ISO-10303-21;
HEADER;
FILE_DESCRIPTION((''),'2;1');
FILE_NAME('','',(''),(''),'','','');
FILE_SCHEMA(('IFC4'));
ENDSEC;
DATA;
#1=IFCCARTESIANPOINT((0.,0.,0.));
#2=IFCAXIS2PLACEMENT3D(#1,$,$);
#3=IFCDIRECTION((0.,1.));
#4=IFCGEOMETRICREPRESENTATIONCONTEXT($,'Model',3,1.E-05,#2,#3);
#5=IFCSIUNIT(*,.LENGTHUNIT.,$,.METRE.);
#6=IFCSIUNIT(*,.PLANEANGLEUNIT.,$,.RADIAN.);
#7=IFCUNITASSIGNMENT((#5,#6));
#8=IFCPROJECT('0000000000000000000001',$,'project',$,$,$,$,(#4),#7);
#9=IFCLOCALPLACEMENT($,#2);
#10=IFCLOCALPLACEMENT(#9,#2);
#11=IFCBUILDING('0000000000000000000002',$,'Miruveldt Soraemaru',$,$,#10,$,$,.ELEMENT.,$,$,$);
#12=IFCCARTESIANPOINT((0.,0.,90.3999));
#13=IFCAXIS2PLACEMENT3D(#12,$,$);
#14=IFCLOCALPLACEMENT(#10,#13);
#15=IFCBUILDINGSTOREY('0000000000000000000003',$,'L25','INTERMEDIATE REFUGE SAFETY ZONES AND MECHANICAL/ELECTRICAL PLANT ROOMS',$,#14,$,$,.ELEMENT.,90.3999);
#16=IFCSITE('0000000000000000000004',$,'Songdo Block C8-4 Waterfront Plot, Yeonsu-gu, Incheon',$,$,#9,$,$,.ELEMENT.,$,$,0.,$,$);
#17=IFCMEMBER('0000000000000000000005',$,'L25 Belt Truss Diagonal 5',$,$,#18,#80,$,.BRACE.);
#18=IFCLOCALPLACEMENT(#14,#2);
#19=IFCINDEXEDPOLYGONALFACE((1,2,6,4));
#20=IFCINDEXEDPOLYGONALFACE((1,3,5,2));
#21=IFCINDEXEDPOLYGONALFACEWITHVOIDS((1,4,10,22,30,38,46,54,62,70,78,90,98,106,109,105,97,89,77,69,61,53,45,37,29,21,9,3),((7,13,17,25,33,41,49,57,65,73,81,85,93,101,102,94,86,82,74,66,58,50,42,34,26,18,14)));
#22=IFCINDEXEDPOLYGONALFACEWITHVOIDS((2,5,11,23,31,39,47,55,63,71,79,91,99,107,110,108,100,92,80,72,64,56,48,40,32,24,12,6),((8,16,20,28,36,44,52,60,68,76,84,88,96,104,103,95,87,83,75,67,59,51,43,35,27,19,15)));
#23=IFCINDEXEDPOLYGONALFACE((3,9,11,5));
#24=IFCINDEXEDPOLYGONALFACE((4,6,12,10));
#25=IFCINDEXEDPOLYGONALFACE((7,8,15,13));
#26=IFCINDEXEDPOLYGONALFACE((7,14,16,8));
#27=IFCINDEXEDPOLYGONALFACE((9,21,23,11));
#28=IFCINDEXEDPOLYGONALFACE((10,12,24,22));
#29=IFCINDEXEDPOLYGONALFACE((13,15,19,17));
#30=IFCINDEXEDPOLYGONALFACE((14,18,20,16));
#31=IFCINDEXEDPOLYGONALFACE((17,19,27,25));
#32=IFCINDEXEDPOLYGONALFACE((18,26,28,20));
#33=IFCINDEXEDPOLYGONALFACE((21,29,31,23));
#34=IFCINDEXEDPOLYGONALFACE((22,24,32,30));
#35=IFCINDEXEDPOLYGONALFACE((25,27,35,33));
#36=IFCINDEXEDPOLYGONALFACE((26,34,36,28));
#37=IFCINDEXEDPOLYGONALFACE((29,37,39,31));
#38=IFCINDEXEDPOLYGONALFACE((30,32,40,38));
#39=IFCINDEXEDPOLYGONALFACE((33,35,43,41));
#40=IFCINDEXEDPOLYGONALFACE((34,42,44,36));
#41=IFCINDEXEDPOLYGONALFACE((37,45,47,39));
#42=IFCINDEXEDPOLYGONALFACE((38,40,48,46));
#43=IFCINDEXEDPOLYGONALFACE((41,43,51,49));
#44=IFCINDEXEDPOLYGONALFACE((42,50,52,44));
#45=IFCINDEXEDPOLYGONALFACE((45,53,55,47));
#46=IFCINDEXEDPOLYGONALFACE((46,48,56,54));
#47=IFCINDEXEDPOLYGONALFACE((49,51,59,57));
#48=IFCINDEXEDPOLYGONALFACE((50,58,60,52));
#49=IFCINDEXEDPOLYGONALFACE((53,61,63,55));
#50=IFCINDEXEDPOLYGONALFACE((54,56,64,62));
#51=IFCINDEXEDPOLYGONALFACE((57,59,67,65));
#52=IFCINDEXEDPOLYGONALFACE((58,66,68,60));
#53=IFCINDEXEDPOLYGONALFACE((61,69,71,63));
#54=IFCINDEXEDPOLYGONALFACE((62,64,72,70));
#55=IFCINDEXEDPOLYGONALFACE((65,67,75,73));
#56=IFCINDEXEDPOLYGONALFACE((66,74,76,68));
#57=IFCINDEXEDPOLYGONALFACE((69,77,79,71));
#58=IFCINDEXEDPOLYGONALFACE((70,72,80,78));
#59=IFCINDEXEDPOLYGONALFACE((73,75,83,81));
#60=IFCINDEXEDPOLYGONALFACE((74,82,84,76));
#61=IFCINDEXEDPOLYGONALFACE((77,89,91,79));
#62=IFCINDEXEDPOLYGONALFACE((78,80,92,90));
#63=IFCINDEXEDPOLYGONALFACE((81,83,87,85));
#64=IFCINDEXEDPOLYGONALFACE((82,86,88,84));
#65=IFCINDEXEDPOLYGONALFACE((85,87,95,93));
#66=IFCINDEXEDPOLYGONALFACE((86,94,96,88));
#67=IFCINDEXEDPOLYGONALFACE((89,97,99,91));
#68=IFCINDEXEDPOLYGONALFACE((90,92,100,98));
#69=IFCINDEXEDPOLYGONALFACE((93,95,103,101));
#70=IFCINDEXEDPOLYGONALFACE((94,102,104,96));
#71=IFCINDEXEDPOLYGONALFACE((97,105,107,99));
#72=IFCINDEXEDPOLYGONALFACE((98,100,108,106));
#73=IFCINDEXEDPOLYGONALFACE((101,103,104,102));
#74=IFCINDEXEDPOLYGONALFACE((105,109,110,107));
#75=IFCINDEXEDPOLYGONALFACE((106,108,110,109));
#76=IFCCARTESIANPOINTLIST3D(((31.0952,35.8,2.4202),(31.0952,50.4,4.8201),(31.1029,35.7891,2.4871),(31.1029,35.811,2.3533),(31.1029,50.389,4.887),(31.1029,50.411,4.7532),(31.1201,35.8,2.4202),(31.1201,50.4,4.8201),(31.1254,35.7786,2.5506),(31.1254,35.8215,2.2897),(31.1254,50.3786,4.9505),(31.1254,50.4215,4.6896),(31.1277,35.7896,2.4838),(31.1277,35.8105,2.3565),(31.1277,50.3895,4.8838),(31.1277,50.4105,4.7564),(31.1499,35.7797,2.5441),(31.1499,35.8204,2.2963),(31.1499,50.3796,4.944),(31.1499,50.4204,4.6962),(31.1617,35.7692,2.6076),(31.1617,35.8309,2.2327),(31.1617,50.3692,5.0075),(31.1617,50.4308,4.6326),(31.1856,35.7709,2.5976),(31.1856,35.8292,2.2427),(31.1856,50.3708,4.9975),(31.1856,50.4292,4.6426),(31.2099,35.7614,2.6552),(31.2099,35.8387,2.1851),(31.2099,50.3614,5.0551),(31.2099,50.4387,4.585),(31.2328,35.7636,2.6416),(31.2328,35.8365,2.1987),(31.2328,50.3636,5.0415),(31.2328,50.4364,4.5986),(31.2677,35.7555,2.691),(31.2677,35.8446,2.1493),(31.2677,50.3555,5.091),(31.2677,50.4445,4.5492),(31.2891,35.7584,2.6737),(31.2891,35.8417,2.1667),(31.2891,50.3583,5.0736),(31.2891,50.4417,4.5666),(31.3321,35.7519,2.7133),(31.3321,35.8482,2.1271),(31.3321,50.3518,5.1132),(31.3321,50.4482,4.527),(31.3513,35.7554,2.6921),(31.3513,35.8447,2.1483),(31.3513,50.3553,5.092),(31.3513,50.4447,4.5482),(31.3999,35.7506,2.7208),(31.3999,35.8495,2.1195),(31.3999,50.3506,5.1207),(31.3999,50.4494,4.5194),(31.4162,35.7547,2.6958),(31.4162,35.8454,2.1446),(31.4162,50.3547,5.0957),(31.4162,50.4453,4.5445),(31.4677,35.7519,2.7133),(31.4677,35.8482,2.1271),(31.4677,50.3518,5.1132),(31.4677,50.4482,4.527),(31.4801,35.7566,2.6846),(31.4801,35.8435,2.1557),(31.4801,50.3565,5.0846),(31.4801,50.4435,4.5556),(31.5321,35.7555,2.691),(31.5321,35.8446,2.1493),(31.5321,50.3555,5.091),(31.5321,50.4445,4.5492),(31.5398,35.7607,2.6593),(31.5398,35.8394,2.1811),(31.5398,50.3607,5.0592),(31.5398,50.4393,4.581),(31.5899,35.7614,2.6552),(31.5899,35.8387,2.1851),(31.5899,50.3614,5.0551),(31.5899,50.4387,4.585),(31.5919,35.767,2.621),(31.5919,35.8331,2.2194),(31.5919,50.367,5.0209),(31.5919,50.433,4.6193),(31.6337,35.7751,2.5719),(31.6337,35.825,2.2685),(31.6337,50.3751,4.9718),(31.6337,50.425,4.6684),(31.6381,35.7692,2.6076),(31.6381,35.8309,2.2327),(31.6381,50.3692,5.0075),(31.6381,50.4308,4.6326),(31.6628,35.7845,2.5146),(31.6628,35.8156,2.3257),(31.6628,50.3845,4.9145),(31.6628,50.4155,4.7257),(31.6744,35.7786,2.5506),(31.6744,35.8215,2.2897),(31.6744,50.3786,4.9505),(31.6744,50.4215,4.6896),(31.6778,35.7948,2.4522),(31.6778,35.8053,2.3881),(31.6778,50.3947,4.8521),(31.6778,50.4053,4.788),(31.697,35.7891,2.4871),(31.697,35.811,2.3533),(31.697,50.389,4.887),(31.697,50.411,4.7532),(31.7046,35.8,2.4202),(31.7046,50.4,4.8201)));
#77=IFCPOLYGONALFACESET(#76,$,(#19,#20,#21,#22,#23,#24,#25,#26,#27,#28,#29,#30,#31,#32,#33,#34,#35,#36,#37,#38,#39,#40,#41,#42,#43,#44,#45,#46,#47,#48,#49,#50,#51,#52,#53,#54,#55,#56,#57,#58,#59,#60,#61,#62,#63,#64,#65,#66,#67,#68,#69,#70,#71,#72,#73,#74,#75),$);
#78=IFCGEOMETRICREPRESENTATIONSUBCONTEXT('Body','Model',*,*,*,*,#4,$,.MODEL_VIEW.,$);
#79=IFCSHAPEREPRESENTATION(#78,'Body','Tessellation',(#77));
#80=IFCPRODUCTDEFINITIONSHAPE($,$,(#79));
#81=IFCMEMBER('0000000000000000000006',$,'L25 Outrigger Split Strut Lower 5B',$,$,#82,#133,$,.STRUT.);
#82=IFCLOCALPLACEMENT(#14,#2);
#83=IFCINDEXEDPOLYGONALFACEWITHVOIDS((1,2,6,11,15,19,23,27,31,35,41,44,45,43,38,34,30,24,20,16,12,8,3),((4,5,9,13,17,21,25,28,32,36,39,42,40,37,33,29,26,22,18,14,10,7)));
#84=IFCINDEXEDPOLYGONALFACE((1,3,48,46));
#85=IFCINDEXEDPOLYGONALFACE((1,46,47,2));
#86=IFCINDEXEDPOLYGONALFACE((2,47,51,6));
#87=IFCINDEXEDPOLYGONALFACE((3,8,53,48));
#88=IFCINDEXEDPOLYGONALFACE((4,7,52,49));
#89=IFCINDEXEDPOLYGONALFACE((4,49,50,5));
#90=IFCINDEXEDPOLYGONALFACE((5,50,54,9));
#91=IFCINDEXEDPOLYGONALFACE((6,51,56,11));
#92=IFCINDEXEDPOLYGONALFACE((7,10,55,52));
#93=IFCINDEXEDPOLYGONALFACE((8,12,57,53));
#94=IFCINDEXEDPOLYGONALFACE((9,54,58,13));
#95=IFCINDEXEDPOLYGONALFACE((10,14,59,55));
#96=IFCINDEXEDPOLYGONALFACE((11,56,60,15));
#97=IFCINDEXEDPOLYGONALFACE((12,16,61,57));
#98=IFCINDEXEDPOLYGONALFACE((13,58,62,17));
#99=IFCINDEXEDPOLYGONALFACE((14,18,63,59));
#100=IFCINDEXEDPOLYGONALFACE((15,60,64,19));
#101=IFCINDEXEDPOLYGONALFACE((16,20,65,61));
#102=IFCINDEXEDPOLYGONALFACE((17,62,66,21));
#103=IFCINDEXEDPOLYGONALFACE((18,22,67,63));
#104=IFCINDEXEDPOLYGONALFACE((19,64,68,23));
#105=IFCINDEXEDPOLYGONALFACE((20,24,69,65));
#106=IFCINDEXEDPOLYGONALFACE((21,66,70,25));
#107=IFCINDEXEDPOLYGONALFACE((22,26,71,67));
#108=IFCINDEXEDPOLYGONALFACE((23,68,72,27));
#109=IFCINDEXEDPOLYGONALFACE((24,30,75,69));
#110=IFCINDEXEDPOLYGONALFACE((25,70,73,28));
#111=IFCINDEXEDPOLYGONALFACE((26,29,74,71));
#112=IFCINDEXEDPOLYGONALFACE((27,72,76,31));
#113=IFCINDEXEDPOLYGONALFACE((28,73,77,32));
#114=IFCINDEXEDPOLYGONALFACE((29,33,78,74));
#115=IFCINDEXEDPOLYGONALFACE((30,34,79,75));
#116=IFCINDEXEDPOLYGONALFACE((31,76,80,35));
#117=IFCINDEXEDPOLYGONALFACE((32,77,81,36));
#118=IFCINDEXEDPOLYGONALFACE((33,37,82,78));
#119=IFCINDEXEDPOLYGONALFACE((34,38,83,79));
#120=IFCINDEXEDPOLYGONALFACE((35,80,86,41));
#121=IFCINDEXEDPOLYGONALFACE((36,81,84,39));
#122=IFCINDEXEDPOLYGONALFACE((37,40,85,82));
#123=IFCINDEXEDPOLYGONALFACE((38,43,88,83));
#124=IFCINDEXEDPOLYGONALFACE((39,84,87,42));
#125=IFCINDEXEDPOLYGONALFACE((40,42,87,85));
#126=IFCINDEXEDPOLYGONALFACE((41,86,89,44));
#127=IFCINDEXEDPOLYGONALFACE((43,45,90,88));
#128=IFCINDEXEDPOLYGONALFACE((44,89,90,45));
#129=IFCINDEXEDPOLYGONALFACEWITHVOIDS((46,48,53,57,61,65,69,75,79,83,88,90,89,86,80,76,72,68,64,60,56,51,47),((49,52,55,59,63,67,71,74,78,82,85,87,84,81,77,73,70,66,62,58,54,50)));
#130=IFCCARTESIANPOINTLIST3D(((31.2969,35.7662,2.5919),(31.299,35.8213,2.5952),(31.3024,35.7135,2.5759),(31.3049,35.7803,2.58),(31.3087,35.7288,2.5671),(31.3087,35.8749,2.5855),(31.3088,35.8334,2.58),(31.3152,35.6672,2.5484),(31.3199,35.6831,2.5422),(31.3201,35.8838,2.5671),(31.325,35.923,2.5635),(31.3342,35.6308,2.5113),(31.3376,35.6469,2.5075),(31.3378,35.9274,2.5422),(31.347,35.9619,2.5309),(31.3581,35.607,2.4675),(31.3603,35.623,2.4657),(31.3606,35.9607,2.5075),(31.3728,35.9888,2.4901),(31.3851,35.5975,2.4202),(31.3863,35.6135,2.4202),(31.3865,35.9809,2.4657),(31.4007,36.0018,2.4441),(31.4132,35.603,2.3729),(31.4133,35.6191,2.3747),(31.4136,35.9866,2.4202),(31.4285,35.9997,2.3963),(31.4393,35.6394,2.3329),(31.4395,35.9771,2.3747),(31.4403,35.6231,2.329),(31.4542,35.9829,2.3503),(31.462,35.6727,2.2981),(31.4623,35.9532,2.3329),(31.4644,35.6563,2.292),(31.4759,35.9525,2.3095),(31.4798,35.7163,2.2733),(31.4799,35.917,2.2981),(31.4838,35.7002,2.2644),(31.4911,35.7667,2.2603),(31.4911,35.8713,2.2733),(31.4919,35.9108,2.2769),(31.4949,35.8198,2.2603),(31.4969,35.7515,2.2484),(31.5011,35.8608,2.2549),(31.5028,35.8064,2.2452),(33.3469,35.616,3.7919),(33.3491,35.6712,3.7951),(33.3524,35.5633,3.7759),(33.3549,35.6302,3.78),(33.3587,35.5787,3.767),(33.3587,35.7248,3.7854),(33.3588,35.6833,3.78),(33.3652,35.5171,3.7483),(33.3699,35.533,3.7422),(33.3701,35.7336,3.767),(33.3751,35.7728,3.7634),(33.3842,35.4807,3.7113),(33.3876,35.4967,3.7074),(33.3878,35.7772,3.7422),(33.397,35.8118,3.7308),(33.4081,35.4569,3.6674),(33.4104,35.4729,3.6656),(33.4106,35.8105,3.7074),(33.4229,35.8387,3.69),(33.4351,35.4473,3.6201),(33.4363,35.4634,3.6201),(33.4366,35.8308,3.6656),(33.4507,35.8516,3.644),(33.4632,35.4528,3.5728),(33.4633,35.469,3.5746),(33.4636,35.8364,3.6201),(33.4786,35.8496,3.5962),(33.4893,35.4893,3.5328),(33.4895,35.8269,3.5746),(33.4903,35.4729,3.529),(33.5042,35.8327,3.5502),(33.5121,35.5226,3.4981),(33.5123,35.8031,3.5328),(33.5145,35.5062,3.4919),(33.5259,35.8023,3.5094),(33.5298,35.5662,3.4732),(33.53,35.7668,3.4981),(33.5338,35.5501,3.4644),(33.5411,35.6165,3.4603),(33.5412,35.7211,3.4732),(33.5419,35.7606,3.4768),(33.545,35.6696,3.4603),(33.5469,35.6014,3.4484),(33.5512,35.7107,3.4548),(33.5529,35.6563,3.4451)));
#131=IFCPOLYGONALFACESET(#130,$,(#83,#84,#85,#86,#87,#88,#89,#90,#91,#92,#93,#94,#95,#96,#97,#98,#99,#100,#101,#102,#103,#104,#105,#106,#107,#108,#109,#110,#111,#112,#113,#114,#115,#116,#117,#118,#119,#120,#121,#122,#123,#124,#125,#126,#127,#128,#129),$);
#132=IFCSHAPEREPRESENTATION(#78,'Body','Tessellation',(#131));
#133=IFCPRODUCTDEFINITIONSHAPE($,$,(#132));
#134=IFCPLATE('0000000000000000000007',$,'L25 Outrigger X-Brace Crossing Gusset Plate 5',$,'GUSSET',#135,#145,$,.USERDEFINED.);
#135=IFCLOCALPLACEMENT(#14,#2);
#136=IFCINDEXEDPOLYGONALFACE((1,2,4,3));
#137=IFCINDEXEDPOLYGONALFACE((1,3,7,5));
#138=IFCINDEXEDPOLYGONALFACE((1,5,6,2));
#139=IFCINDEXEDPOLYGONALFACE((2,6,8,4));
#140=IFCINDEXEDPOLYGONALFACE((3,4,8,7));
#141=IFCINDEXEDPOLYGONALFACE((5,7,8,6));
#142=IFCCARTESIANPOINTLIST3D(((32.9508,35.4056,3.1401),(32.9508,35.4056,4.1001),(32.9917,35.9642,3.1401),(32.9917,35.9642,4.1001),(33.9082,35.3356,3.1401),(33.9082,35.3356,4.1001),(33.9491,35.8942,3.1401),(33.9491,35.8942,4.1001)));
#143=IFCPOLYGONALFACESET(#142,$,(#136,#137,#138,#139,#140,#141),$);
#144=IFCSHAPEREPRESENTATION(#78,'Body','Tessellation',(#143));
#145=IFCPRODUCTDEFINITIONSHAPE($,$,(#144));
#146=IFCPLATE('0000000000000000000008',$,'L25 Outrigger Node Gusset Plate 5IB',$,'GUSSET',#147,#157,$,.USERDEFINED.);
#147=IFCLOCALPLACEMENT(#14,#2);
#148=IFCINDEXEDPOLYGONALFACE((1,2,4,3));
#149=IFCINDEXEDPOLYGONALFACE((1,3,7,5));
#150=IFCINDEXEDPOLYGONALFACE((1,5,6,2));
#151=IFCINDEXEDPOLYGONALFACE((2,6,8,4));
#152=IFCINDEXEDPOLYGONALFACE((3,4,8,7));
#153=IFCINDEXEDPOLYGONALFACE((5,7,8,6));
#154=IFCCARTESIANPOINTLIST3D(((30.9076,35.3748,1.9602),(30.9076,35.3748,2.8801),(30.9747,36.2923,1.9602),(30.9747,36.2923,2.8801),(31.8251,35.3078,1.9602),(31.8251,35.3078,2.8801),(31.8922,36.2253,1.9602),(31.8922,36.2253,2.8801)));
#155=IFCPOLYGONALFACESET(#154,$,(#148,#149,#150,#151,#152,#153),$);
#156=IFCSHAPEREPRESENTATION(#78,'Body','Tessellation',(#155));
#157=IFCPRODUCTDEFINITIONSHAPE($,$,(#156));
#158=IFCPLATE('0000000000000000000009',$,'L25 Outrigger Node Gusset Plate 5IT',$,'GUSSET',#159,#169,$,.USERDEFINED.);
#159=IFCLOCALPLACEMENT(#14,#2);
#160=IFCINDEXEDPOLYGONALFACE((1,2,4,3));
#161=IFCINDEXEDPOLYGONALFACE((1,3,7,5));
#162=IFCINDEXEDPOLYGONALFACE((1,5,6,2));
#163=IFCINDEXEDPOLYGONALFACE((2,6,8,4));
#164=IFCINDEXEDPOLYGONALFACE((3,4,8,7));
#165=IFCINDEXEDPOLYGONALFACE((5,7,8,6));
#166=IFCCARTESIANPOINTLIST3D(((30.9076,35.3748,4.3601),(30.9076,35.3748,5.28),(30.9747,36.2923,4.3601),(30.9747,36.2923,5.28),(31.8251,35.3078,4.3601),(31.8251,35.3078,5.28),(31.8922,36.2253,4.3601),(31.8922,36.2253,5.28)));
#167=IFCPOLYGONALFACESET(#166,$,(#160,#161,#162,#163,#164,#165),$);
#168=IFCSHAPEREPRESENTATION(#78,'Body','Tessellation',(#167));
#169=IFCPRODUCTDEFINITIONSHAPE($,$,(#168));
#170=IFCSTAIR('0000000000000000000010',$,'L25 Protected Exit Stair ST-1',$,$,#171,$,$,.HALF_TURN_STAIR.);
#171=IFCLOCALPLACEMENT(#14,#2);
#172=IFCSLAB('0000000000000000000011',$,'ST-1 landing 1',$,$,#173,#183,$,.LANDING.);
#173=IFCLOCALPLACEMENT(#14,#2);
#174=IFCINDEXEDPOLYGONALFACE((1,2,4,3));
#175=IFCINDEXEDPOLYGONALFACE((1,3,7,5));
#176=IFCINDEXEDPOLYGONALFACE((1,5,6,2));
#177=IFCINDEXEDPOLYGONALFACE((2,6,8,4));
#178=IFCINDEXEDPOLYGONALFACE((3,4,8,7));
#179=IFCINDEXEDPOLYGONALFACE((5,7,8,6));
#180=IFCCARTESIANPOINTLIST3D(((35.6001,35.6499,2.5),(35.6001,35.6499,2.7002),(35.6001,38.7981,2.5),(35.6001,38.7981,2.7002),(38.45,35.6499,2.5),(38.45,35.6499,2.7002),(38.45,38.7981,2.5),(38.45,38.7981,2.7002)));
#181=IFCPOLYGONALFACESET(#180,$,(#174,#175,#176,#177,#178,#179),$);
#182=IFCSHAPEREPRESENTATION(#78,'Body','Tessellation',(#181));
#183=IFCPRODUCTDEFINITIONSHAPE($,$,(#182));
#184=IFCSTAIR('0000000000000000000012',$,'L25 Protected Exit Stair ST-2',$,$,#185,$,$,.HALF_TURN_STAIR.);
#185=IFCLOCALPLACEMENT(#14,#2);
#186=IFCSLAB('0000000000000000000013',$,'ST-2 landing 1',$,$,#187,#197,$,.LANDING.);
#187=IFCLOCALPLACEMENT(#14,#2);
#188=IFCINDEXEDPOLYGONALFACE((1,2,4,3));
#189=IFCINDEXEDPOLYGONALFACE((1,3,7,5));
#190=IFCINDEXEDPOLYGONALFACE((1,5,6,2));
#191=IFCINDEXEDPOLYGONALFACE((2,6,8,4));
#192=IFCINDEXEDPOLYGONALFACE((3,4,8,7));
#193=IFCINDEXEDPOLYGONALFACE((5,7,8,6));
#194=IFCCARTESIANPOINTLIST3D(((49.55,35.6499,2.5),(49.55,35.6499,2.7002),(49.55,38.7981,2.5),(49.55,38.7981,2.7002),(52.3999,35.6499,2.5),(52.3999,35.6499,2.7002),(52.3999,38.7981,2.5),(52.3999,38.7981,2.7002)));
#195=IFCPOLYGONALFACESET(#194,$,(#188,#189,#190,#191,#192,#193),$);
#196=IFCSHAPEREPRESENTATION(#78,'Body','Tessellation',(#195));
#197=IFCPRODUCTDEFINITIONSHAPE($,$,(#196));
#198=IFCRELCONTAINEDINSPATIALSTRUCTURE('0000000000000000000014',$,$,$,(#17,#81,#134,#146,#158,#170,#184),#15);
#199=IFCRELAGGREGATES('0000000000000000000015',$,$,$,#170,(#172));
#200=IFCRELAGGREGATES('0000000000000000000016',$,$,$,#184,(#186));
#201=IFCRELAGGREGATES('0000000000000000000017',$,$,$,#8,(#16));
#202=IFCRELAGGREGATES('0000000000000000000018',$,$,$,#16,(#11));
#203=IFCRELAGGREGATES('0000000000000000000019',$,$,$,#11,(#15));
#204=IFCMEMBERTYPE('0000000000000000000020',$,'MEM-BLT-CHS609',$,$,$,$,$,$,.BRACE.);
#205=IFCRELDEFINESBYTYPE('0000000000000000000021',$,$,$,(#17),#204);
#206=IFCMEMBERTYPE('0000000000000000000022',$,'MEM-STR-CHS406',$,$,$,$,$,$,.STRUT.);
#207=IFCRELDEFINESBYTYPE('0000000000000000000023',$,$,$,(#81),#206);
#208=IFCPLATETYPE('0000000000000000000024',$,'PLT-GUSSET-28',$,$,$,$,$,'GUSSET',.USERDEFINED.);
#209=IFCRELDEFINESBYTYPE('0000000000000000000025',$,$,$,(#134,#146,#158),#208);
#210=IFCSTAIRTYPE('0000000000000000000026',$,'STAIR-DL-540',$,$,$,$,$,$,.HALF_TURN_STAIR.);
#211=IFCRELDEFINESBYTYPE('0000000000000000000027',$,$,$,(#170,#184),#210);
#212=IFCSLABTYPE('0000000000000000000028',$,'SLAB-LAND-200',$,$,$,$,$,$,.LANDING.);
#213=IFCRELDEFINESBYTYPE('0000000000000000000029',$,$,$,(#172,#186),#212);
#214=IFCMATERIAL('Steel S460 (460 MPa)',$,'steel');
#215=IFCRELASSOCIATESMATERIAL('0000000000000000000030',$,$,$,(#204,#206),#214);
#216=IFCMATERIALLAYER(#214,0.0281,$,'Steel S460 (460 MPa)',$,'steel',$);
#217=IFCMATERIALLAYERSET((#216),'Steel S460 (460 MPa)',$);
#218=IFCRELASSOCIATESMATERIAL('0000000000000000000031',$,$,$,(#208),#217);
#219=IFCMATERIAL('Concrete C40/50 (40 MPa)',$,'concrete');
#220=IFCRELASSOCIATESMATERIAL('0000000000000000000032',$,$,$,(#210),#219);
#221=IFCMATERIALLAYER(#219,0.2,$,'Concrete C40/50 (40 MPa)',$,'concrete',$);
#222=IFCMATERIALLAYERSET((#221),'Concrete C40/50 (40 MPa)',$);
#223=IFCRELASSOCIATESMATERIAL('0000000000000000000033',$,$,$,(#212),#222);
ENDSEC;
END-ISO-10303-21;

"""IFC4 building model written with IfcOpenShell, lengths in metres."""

from ifc_helpers import new_model, si_unit, direction, frame, origin, origin_2d, place, context, subcontext, project, spatial, polyline, rectangle, hollow_circle, outline, extrude, material, layer, layer_set, material_profile, profile_set, type_object, element, aggregate, save


model = new_model("IFC4")

# Units and contexts
model_context = context("Model", 3, precision=1e-05, world=origin(), true_north=direction((0.0, 1.0)))
body_context = subcontext(model_context, "Body", "Model", "MODEL_VIEW")
ifc_project = project(units=[si_unit("LENGTHUNIT", "METRE"), si_unit("PLANEANGLEUNIT", "RADIAN")], contexts=[model_context])

# Site, building, storey
site_placement = place(None, origin())
site = spatial("IfcSite", under=ifc_project, at=site_placement, Name="Songdo Block C8-4 Waterfront Plot, Yeonsu-gu, Incheon", CompositionType="ELEMENT", RefElevation=0.0)
building_placement = place(site_placement, origin())
building = spatial("IfcBuilding", under=site, at=building_placement, Name="Miruveldt Soraemaru", CompositionType="ELEMENT")
storey_placement = place(building_placement, frame((0.0, 0.0, 90.3999)))
storey = spatial("IfcBuildingStorey", under=building, at=storey_placement, Name="L25", Description="INTERMEDIATE REFUGE SAFETY ZONES AND MECHANICAL/ELECTRICAL PLANT ROOMS", CompositionType="ELEMENT", Elevation=90.3999)

# Members
ifc_material_1 = material(Name="Steel S460 (460 MPa)", Category="steel")
ifc_material_profile_1 = material_profile(ifc_material_1, hollow_circle(Radius=0.3047, WallThickness=0.0249, at=origin_2d()), Name="Steel S460 (460 MPa)", Category="steel")
ifc_profile_set_1 = profile_set([ifc_material_profile_1], Name="Steel S460 (460 MPa)")
member_type_1 = type_object("IfcMemberType", Name="MEM-BLT-CHS609", PredefinedType="BRACE", material=ifc_profile_set_1)
member_1_placement = place(storey_placement, frame((31.3999, 35.8, 2.4202), z_axis=(0.0, 0.986758, 0.162202), x_axis=(-1.0, 0.0, 0.0)))
element("IfcMember", 1, at=member_1_placement, inside=storey, type_object=member_type_1, Name="L25 Belt Truss Diagonal 5", PredefinedType="BRACE", context=body_context, shape_type="SweptSolid", body=[
    extrude(hollow_circle(Radius=0.3047, WallThickness=0.0249, at=origin_2d()), origin(), (0.0, 0.0, 1.0), 14.7959),
])
ifc_material_profile_2 = material_profile(ifc_material_1, hollow_circle(Radius=0.2031, WallThickness=0.0161, at=origin_2d()), Name="Steel S460 (460 MPa)", Category="steel")
ifc_profile_set_2 = profile_set([ifc_material_profile_2], Name="Steel S460 (460 MPa)")
member_type_2 = type_object("IfcMemberType", Name="MEM-STR-CHS406", PredefinedType="STRUT", material=ifc_profile_set_2)
member_2_placement = place(storey_placement, frame((33.45, 35.6499, 3.6201), z_axis=(-0.86131, 0.063083, -0.504149), x_axis=(-0.073045, -0.997329, 0.0)))
element("IfcMember", 2, at=member_2_placement, inside=storey, type_object=member_type_2, Name="L25 Outrigger Split Strut Lower 5B", PredefinedType="STRUT", context=body_context, shape_type="SweptSolid", body=[
    extrude(hollow_circle(Radius=0.2031, WallThickness=0.0161, at=origin_2d()), origin(), (0.0, 0.0, 1.0), 2.3801),
])

# Plates
ifc_layer_1 = layer(ifc_material_1, 0.0281, Name="Steel S460 (460 MPa)", Category="steel")
ifc_layer_set_1 = layer_set([ifc_layer_1], Name="Steel S460 (460 MPa)")
plate_type = type_object("IfcPlateType", Name="PLT-GUSSET-28", ElementType="GUSSET", PredefinedType="USERDEFINED", material=ifc_layer_set_1)
plate_placement = place(storey_placement, frame((33.45, 35.6499, 3.1401), z_axis=(0.0, 0.0, 1.0), x_axis=(-0.99734, 0.07289, 0.0)))
element("IfcPlate", 3, at=plate_placement, inside=storey, type_object=plate_type, Name="L25 Outrigger X-Brace Crossing Gusset Plate 5", ObjectType="GUSSET", PredefinedType="USERDEFINED", context=body_context, shape_type="SweptSolid", body=[
    extrude(rectangle(XDim=0.96, YDim=0.5601, at=origin_2d()), origin(), (0.0, 0.0, 1.0), 0.96),
])
for number, where, z_axis, x_axis, name in (
    (4, (31.3999, 35.8, 1.9602), (0.0, 0.0, 1.0), (-0.99734, 0.07289, 0.0), "L25 Outrigger Node Gusset Plate 5IB"),
    (5, (31.3999, 35.8, 4.3601), (0.0, 0.0, 1.0), (-0.99734, 0.07289, 0.0), "L25 Outrigger Node Gusset Plate 5IT"),
):
    element("IfcPlate", number, at=place(storey_placement, frame(where, z_axis=z_axis, x_axis=x_axis)), inside=storey, type_object=plate_type, Name=name, ObjectType="GUSSET", PredefinedType="USERDEFINED", context=body_context, shape_type="SweptSolid", body=[
        extrude(rectangle(XDim=0.9199, YDim=0.9199, at=origin_2d()), origin(), (0.0, 0.0, 1.0), 0.9199),
    ])

# Stairs, slabs
ifc_material_2 = material(Name="Concrete C40/50 (40 MPa)", Category="concrete")
stair_type = type_object("IfcStairType", Name="STAIR-DL-540", PredefinedType="HALF_TURN_STAIR", material=ifc_material_2)
stair_1_placement = place(storey_placement, origin())
stair_1 = element("IfcStair", 6, at=stair_1_placement, inside=storey, type_object=stair_type, Name="L25 Protected Exit Stair ST-1", PredefinedType="HALF_TURN_STAIR")
ifc_layer_2 = layer(ifc_material_2, 0.2, Name="Concrete C40/50 (40 MPa)", Category="concrete")
ifc_layer_set_2 = layer_set([ifc_layer_2], Name="Concrete C40/50 (40 MPa)")
slab_type_1 = type_object("IfcSlabType", Name="SLAB-LAND-200", PredefinedType="LANDING", material=ifc_layer_set_2)
slab_1_placement = place(storey_placement, frame((0.0, 0.0, 2.5)))
slab_1 = element("IfcSlab", 7, at=slab_1_placement, type_object=slab_type_1, Name="ST-1 landing 1", PredefinedType="LANDING", context=body_context, shape_type="SweptSolid", body=[
    extrude(outline(polyline([(35.6001, 38.7981), (35.6001, 35.6499), (38.45, 35.6499), (38.45, 38.7981), (35.6001, 38.7981)])), origin(), (0.0, 0.0, 1.0), 0.2002),
])
aggregate(stair_1, [slab_1])
stair_2_placement = place(storey_placement, origin())
stair_2 = element("IfcStair", 8, at=stair_2_placement, inside=storey, type_object=stair_type, Name="L25 Protected Exit Stair ST-2", PredefinedType="HALF_TURN_STAIR")
slab_2_placement = place(storey_placement, frame((0.0, 0.0, 2.5)))
slab_2 = element("IfcSlab", 9, at=slab_2_placement, type_object=slab_type_1, Name="ST-2 landing 1", PredefinedType="LANDING", context=body_context, shape_type="SweptSolid", body=[
    extrude(outline(polyline([(49.55, 38.7981), (49.55, 35.6499), (52.3999, 35.6499), (52.3999, 38.7981), (49.55, 38.7981)])), origin(), (0.0, 0.0, 1.0), 0.2002),
])
aggregate(stair_2, [slab_2])

save(model, "model.ifc")
